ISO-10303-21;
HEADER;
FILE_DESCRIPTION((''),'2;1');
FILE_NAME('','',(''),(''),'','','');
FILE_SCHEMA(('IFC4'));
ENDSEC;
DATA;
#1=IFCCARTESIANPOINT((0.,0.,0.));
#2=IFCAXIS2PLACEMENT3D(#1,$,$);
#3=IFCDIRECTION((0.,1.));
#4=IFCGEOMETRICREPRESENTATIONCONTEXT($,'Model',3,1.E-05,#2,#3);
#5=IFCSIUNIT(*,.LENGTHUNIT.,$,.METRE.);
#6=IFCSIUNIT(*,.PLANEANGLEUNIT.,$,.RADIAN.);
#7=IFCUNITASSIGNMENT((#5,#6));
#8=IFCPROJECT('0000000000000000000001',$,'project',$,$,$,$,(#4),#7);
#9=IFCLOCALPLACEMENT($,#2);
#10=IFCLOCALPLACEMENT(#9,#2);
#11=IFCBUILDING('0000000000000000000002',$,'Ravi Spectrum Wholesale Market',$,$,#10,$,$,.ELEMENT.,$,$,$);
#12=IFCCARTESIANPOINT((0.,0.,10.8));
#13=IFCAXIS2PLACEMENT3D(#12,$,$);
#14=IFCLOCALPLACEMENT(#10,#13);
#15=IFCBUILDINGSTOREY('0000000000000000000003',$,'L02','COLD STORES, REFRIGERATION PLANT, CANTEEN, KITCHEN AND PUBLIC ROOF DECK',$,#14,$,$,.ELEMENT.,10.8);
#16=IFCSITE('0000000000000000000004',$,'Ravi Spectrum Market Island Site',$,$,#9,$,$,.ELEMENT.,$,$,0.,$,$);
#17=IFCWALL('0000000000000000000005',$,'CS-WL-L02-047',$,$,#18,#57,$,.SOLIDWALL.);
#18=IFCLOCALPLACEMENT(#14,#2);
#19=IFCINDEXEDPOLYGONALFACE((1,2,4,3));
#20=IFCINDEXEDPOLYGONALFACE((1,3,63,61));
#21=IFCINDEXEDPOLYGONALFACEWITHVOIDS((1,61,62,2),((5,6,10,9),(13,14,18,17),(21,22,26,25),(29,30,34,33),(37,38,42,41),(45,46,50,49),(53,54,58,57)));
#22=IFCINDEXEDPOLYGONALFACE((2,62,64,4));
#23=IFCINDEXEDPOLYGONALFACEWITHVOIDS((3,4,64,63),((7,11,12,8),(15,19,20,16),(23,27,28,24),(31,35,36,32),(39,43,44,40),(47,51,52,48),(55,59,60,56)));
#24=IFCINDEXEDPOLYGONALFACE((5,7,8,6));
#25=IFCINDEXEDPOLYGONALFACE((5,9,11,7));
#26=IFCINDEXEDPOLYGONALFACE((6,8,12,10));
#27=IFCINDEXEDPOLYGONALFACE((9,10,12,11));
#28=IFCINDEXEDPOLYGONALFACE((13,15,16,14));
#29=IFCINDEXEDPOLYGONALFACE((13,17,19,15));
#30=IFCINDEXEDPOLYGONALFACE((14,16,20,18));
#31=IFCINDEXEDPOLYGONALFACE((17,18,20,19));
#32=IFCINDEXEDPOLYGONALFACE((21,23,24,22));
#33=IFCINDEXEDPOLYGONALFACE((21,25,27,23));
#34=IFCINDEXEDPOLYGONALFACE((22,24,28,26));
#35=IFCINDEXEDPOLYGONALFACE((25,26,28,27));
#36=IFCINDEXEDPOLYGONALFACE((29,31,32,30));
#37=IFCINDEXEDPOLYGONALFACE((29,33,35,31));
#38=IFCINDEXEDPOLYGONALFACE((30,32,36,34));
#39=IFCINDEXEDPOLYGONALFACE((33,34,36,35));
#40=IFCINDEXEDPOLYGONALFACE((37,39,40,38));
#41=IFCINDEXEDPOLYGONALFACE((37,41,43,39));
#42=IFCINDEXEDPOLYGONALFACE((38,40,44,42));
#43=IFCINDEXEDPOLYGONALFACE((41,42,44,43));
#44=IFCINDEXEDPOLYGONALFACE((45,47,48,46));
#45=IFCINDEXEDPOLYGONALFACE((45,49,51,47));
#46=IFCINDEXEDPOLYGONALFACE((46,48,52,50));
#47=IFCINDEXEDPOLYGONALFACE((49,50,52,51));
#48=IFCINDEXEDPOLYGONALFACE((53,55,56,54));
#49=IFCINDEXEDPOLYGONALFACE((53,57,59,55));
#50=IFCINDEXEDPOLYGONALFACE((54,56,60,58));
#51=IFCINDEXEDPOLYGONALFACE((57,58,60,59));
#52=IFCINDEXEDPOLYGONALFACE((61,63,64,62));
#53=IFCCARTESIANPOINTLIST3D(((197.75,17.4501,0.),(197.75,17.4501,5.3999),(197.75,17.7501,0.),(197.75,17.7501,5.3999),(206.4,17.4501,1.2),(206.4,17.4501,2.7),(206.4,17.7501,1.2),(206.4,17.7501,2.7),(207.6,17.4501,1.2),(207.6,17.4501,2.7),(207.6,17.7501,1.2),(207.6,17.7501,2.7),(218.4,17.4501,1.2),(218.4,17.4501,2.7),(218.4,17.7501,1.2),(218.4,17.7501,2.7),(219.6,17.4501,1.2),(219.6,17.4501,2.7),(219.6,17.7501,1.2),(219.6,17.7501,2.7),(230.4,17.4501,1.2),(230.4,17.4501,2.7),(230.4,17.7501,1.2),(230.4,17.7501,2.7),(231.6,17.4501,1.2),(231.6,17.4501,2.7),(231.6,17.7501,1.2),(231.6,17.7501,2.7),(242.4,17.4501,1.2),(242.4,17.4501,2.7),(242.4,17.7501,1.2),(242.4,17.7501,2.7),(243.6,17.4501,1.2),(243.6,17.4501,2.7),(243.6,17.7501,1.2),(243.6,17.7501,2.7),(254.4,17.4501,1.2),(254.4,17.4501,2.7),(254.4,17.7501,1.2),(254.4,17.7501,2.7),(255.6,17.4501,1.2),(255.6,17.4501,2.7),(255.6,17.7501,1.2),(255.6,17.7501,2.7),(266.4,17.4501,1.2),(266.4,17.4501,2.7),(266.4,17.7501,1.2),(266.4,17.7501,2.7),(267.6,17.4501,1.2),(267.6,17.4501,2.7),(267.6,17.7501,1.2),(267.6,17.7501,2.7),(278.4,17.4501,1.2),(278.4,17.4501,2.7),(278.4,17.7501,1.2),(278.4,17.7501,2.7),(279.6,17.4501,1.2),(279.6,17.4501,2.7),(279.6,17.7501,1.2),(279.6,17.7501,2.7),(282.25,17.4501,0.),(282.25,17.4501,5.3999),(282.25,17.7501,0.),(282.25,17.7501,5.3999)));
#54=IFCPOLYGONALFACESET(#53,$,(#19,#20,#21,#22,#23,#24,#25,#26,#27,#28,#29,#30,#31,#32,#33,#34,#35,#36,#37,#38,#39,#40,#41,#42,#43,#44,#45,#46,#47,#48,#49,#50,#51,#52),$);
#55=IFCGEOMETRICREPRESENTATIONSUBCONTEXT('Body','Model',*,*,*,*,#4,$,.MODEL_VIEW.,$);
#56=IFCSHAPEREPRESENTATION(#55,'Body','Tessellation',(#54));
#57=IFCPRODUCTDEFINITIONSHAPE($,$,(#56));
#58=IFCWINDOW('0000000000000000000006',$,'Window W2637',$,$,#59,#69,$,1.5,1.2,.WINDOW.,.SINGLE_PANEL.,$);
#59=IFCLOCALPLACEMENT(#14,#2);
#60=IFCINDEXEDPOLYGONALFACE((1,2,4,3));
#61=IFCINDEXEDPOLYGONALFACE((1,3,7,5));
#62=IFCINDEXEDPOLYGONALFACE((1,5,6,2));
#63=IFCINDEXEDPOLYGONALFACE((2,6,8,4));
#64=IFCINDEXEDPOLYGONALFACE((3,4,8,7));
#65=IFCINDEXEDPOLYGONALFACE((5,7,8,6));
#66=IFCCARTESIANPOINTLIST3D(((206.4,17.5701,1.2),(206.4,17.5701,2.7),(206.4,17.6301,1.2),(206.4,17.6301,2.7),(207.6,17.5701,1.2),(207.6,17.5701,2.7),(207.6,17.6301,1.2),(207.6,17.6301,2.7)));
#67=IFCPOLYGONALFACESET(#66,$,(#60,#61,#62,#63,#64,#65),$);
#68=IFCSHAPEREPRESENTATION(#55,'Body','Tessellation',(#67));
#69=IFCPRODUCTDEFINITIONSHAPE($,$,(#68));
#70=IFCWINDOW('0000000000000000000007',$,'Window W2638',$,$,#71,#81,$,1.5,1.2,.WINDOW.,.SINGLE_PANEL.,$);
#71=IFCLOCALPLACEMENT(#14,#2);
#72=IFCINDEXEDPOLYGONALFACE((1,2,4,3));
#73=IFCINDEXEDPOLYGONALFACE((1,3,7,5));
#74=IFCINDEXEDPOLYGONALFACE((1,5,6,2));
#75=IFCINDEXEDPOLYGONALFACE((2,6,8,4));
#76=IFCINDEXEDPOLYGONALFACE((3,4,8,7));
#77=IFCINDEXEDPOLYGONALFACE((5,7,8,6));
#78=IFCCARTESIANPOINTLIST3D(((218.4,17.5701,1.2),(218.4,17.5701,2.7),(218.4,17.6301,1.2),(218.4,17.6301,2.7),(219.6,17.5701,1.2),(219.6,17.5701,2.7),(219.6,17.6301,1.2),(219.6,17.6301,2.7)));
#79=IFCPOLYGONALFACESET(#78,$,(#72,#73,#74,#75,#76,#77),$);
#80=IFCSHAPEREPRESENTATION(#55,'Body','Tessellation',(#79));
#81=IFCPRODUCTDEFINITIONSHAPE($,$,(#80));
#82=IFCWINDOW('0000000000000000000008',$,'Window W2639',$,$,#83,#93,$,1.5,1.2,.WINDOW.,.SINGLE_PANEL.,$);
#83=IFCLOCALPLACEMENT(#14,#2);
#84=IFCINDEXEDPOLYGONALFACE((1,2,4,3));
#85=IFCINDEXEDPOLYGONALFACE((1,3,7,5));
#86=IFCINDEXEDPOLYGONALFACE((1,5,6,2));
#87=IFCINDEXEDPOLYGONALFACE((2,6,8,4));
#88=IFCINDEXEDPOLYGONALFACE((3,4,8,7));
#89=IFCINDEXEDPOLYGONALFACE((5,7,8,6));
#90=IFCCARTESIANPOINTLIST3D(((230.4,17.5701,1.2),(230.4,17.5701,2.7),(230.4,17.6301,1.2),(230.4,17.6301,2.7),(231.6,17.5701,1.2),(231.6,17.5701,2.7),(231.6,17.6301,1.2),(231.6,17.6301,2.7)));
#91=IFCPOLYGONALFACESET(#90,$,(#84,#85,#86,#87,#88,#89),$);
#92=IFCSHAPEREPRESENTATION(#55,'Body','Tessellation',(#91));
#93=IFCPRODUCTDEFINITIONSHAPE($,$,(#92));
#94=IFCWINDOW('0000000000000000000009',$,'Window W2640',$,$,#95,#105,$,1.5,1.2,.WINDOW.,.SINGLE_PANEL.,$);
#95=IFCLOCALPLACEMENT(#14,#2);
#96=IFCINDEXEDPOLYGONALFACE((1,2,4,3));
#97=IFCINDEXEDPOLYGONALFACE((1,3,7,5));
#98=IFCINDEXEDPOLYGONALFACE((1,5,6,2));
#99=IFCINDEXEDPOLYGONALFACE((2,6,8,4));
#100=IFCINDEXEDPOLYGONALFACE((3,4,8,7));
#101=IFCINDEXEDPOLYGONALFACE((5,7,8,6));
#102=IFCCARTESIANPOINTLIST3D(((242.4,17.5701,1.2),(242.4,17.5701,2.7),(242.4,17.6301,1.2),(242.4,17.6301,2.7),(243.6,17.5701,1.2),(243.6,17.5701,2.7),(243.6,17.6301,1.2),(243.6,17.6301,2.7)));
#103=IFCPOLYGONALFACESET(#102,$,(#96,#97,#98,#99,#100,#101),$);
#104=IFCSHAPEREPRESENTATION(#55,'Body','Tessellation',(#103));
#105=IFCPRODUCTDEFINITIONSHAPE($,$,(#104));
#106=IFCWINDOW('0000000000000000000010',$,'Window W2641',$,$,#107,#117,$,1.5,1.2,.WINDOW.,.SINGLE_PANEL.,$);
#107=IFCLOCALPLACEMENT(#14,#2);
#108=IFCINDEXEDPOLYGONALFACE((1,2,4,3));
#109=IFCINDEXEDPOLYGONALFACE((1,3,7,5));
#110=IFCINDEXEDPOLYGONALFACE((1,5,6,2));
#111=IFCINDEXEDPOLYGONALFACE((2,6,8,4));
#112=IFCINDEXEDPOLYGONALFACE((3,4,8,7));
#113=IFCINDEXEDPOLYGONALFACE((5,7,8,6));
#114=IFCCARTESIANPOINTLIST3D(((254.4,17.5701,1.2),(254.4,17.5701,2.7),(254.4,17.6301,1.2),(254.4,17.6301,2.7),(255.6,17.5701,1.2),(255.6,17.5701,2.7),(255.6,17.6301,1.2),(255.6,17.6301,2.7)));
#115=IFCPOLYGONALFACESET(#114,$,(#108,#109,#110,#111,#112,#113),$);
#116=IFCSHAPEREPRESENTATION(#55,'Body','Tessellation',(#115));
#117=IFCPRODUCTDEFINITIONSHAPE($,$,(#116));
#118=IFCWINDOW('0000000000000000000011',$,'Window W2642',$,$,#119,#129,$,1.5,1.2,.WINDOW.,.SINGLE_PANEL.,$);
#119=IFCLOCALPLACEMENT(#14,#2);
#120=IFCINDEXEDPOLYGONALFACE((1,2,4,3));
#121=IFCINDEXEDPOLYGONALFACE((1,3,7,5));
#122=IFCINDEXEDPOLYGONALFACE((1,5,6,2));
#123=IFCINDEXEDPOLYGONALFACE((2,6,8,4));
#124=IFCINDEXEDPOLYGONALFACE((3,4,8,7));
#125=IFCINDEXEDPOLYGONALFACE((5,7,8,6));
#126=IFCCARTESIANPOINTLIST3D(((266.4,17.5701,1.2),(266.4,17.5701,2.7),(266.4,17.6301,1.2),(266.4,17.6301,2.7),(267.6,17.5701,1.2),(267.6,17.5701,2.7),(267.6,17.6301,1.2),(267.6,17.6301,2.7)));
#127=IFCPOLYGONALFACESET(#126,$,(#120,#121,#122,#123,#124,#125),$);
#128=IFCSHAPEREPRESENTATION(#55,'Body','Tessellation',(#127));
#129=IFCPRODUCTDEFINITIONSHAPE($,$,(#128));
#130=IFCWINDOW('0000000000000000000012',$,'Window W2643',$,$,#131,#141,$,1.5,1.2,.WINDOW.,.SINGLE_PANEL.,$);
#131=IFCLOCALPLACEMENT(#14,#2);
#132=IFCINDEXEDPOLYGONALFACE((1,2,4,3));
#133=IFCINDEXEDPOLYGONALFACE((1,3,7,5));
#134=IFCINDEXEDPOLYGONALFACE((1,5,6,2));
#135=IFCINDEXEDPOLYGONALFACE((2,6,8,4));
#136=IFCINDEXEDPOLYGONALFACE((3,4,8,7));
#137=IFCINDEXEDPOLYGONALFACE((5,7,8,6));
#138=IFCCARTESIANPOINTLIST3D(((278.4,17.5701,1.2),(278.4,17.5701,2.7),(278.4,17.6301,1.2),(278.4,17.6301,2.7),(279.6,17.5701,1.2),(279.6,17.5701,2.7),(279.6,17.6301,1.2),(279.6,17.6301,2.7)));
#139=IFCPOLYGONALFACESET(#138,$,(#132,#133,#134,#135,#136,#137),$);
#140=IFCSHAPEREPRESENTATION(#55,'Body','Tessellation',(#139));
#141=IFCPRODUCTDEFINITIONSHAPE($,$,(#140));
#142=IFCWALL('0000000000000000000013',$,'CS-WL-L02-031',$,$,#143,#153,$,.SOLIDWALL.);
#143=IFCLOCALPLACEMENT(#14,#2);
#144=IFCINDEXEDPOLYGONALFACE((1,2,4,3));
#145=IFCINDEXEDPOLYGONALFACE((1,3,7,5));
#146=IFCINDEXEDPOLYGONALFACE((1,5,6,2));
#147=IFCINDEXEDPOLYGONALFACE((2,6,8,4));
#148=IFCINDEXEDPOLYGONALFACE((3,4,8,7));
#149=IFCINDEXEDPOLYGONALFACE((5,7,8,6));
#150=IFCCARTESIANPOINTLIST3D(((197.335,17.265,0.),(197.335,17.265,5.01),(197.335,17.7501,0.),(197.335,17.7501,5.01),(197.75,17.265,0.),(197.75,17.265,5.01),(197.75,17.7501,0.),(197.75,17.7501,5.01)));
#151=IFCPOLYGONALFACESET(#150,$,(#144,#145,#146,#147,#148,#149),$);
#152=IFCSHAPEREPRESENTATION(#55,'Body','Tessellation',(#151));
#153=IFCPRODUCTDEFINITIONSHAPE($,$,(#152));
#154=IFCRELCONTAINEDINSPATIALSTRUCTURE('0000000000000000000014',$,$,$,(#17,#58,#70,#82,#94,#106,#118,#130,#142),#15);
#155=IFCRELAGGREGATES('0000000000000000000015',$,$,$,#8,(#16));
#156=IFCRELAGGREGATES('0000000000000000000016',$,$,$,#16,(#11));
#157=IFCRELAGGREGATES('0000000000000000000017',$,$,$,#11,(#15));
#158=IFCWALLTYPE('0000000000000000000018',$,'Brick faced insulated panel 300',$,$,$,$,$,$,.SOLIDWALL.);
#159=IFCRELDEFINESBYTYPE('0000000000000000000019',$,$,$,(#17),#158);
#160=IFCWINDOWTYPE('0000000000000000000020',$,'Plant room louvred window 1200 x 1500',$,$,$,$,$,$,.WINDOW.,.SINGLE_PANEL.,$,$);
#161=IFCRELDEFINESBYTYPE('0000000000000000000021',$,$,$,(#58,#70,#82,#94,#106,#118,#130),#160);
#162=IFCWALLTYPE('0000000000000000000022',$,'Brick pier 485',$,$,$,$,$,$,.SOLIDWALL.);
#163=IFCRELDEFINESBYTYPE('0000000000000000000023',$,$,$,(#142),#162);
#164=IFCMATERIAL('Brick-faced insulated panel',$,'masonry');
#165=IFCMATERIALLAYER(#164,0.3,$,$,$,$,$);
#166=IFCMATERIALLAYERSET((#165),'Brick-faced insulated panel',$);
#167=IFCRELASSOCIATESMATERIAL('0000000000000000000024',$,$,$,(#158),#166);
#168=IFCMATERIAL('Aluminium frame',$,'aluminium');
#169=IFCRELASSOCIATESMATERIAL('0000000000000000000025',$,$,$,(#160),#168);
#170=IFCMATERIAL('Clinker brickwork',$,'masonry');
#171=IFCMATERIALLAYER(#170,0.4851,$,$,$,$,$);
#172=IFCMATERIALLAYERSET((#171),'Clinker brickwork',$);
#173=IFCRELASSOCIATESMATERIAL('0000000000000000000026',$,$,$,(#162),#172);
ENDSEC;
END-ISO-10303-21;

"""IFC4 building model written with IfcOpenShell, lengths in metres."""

from ifc_helpers import new_model, si_unit, direction, frame, frame_2d, origin, place, context, subcontext, project, spatial, rectangle, extrude, material, layer, layer_set, type_object, element, fill, save


model = new_model("IFC4")

# Units and contexts
model_context = context("Model", 3, precision=1e-05, world=origin(), true_north=direction((0.0, 1.0)))
body_context = subcontext(model_context, "Body", "Model", "MODEL_VIEW")
ifc_project = project(units=[si_unit("LENGTHUNIT", "METRE"), si_unit("PLANEANGLEUNIT", "RADIAN")], contexts=[model_context])

# Site, building, storey
site_placement = place(None, origin())
site = spatial("IfcSite", under=ifc_project, at=site_placement, Name="Ravi Spectrum Market Island Site", CompositionType="ELEMENT", RefElevation=0.0)
building_placement = place(site_placement, origin())
building = spatial("IfcBuilding", under=site, at=building_placement, Name="Ravi Spectrum Wholesale Market", CompositionType="ELEMENT")
storey_placement = place(building_placement, frame((0.0, 0.0, 10.8)))
storey = spatial("IfcBuildingStorey", under=building, at=storey_placement, Name="L02", Description="COLD STORES, REFRIGERATION PLANT, CANTEEN, KITCHEN AND PUBLIC ROOF DECK", CompositionType="ELEMENT", Elevation=10.8)

# Wall, openings, windows
ifc_material_1 = material(Name="Brick-faced insulated panel", Category="masonry")
ifc_layer_1 = layer(ifc_material_1, 0.3)
ifc_layer_set_1 = layer_set([ifc_layer_1], Name="Brick-faced insulated panel")
wall_type_1 = type_object("IfcWallType", Name="Brick faced insulated panel 300", PredefinedType="SOLIDWALL", material=ifc_layer_set_1)
wall_1_placement = place(storey_placement, frame((197.75, 17.6001, 0.0), z_axis=(0.0, 0.0, 1.0), x_axis=(1.0, 0.0, 0.0)))
wall_1 = element("IfcWall", 1, at=wall_1_placement, inside=storey, type_object=wall_type_1, Name="CS-WL-L02-047", PredefinedType="SOLIDWALL", context=body_context, shape_type="SweptSolid", body=[
    extrude(rectangle(XDim=84.5, YDim=0.3, at=frame_2d((42.25, 0.0))), origin(), (0.0, 0.0, 1.0), 5.3999),
])
opening_1_placement = place(wall_1_placement, frame((8.6499, 0.0, 1.2)))
opening_1 = element("IfcOpeningElement", 2, at=opening_1_placement, cuts=wall_1, PredefinedType="OPENING", context=body_context, shape_type="SweptSolid", body=[
    extrude(rectangle(XDim=1.2, YDim=1.5, at=frame_2d((0.6001, 0.75))), frame((0.0, 0.1599, 0.0), z_axis=(0.0, -1.0, 0.0), x_axis=(1.0, 0.0, 0.0)), (0.0, 0.0, 1.0), 0.3201),
])
opening_2_placement = place(wall_1_placement, frame((20.6499, 0.0, 1.2)))
opening_2 = element("IfcOpeningElement", 3, at=opening_2_placement, cuts=wall_1, PredefinedType="OPENING", context=body_context, shape_type="SweptSolid", body=[
    extrude(rectangle(XDim=1.2, YDim=1.5, at=frame_2d((0.6001, 0.75))), frame((0.0, 0.1599, 0.0), z_axis=(0.0, -1.0, 0.0), x_axis=(1.0, 0.0, 0.0)), (0.0, 0.0, 1.0), 0.3201),
])
opening_3_placement = place(wall_1_placement, frame((32.6499, 0.0, 1.2)))
opening_3 = element("IfcOpeningElement", 4, at=opening_3_placement, cuts=wall_1, PredefinedType="OPENING", context=body_context, shape_type="SweptSolid", body=[
    extrude(rectangle(XDim=1.2, YDim=1.5, at=frame_2d((0.6001, 0.75))), frame((0.0, 0.1599, 0.0), z_axis=(0.0, -1.0, 0.0), x_axis=(1.0, 0.0, 0.0)), (0.0, 0.0, 1.0), 0.3201),
])
opening_4_placement = place(wall_1_placement, frame((44.6499, 0.0, 1.2)))
opening_4 = element("IfcOpeningElement", 5, at=opening_4_placement, cuts=wall_1, PredefinedType="OPENING", context=body_context, shape_type="SweptSolid", body=[
    extrude(rectangle(XDim=1.2, YDim=1.5, at=frame_2d((0.6001, 0.75))), frame((0.0, 0.1599, 0.0), z_axis=(0.0, -1.0, 0.0), x_axis=(1.0, 0.0, 0.0)), (0.0, 0.0, 1.0), 0.3201),
])
opening_5_placement = place(wall_1_placement, frame((56.6499, 0.0, 1.2)))
opening_5 = element("IfcOpeningElement", 6, at=opening_5_placement, cuts=wall_1, PredefinedType="OPENING", context=body_context, shape_type="SweptSolid", body=[
    extrude(rectangle(XDim=1.2, YDim=1.5, at=frame_2d((0.6001, 0.75))), frame((0.0, 0.1599, 0.0), z_axis=(0.0, -1.0, 0.0), x_axis=(1.0, 0.0, 0.0)), (0.0, 0.0, 1.0), 0.3201),
])
opening_6_placement = place(wall_1_placement, frame((68.6499, 0.0, 1.2)))
opening_6 = element("IfcOpeningElement", 7, at=opening_6_placement, cuts=wall_1, PredefinedType="OPENING", context=body_context, shape_type="SweptSolid", body=[
    extrude(rectangle(XDim=1.2, YDim=1.5, at=frame_2d((0.6001, 0.75))), frame((0.0, 0.1599, 0.0), z_axis=(0.0, -1.0, 0.0), x_axis=(1.0, 0.0, 0.0)), (0.0, 0.0, 1.0), 0.3201),
])
opening_7_placement = place(wall_1_placement, frame((80.6499, 0.0, 1.2)))
opening_7 = element("IfcOpeningElement", 8, at=opening_7_placement, cuts=wall_1, PredefinedType="OPENING", context=body_context, shape_type="SweptSolid", body=[
    extrude(rectangle(XDim=1.2, YDim=1.5, at=frame_2d((0.6001, 0.75))), frame((0.0, 0.1599, 0.0), z_axis=(0.0, -1.0, 0.0), x_axis=(1.0, 0.0, 0.0)), (0.0, 0.0, 1.0), 0.3201),
])
ifc_material_2 = material(Name="Aluminium frame", Category="aluminium")
window_type = type_object("IfcWindowType", Name="Plant room louvred window 1200 x 1500", PartitioningType="SINGLE_PANEL", PredefinedType="WINDOW", material=ifc_material_2)
window_1_placement = place(opening_1_placement, origin())
window_1 = element("IfcWindow", 9, at=window_1_placement, inside=storey, type_object=window_type, Name="Window W2637", OverallHeight=1.5, OverallWidth=1.2, PartitioningType="SINGLE_PANEL", PredefinedType="WINDOW", context=body_context, shape_type="SweptSolid", body=[
    extrude(rectangle(XDim=1.2, YDim=1.5, at=frame_2d((0.6001, 0.75))), frame((0.0, 0.03, 0.0), z_axis=(0.0, -1.0, 0.0), x_axis=(1.0, 0.0, 0.0)), (0.0, 0.0, 1.0), 0.0601),
])
fill(opening_1, window_1)
window_2_placement = place(opening_2_placement, origin())
window_2 = element("IfcWindow", 10, at=window_2_placement, inside=storey, type_object=window_type, Name="Window W2638", OverallHeight=1.5, OverallWidth=1.2, PartitioningType="SINGLE_PANEL", PredefinedType="WINDOW", context=body_context, shape_type="SweptSolid", body=[
    extrude(rectangle(XDim=1.2, YDim=1.5, at=frame_2d((0.6001, 0.75))), frame((0.0, 0.03, 0.0), z_axis=(0.0, -1.0, 0.0), x_axis=(1.0, 0.0, 0.0)), (0.0, 0.0, 1.0), 0.0601),
])
fill(opening_2, window_2)
window_3_placement = place(opening_3_placement, origin())
window_3 = element("IfcWindow", 11, at=window_3_placement, inside=storey, type_object=window_type, Name="Window W2639", OverallHeight=1.5, OverallWidth=1.2, PartitioningType="SINGLE_PANEL", PredefinedType="WINDOW", context=body_context, shape_type="SweptSolid", body=[
    extrude(rectangle(XDim=1.2, YDim=1.5, at=frame_2d((0.6001, 0.75))), frame((0.0, 0.03, 0.0), z_axis=(0.0, -1.0, 0.0), x_axis=(1.0, 0.0, 0.0)), (0.0, 0.0, 1.0), 0.0601),
])
fill(opening_3, window_3)
window_4_placement = place(opening_4_placement, origin())
window_4 = element("IfcWindow", 12, at=window_4_placement, inside=storey, type_object=window_type, Name="Window W2640", OverallHeight=1.5, OverallWidth=1.2, PartitioningType="SINGLE_PANEL", PredefinedType="WINDOW", context=body_context, shape_type="SweptSolid", body=[
    extrude(rectangle(XDim=1.2, YDim=1.5, at=frame_2d((0.6001, 0.75))), frame((0.0, 0.03, 0.0), z_axis=(0.0, -1.0, 0.0), x_axis=(1.0, 0.0, 0.0)), (0.0, 0.0, 1.0), 0.0601),
])
fill(opening_4, window_4)
window_5_placement = place(opening_5_placement, origin())
window_5 = element("IfcWindow", 13, at=window_5_placement, inside=storey, type_object=window_type, Name="Window W2641", OverallHeight=1.5, OverallWidth=1.2, PartitioningType="SINGLE_PANEL", PredefinedType="WINDOW", context=body_context, shape_type="SweptSolid", body=[
    extrude(rectangle(XDim=1.2, YDim=1.5, at=frame_2d((0.6001, 0.75))), frame((0.0, 0.03, 0.0), z_axis=(0.0, -1.0, 0.0), x_axis=(1.0, 0.0, 0.0)), (0.0, 0.0, 1.0), 0.0601),
])
fill(opening_5, window_5)
window_6_placement = place(opening_6_placement, origin())
window_6 = element("IfcWindow", 14, at=window_6_placement, inside=storey, type_object=window_type, Name="Window W2642", OverallHeight=1.5, OverallWidth=1.2, PartitioningType="SINGLE_PANEL", PredefinedType="WINDOW", context=body_context, shape_type="SweptSolid", body=[
    extrude(rectangle(XDim=1.2, YDim=1.5, at=frame_2d((0.6001, 0.75))), frame((0.0, 0.03, 0.0), z_axis=(0.0, -1.0, 0.0), x_axis=(1.0, 0.0, 0.0)), (0.0, 0.0, 1.0), 0.0601),
])
fill(opening_6, window_6)
window_7_placement = place(opening_7_placement, origin())
window_7 = element("IfcWindow", 15, at=window_7_placement, inside=storey, type_object=window_type, Name="Window W2643", OverallHeight=1.5, OverallWidth=1.2, PartitioningType="SINGLE_PANEL", PredefinedType="WINDOW", context=body_context, shape_type="SweptSolid", body=[
    extrude(rectangle(XDim=1.2, YDim=1.5, at=frame_2d((0.6001, 0.75))), frame((0.0, 0.03, 0.0), z_axis=(0.0, -1.0, 0.0), x_axis=(1.0, 0.0, 0.0)), (0.0, 0.0, 1.0), 0.0601),
])
fill(opening_7, window_7)

# Wall
ifc_material_3 = material(Name="Clinker brickwork", Category="masonry")
ifc_layer_2 = layer(ifc_material_3, 0.4851)
ifc_layer_set_2 = layer_set([ifc_layer_2], Name="Clinker brickwork")
wall_type_2 = type_object("IfcWallType", Name="Brick pier 485", PredefinedType="SOLIDWALL", material=ifc_layer_set_2)
wall_2_placement = place(storey_placement, frame((197.75, 17.5076, 0.0), z_axis=(0.0, 0.0, 1.0), x_axis=(-1.0, 0.0, 0.0)))
element("IfcWall", 16, at=wall_2_placement, inside=storey, type_object=wall_type_2, Name="CS-WL-L02-031", PredefinedType="SOLIDWALL", context=body_context, shape_type="SweptSolid", body=[
    extrude(rectangle(XDim=0.415, YDim=0.4851, at=frame_2d((0.2075, 0.0))), origin(), (0.0, 0.0, 1.0), 5.01),
])

save(model, "model.ifc")
